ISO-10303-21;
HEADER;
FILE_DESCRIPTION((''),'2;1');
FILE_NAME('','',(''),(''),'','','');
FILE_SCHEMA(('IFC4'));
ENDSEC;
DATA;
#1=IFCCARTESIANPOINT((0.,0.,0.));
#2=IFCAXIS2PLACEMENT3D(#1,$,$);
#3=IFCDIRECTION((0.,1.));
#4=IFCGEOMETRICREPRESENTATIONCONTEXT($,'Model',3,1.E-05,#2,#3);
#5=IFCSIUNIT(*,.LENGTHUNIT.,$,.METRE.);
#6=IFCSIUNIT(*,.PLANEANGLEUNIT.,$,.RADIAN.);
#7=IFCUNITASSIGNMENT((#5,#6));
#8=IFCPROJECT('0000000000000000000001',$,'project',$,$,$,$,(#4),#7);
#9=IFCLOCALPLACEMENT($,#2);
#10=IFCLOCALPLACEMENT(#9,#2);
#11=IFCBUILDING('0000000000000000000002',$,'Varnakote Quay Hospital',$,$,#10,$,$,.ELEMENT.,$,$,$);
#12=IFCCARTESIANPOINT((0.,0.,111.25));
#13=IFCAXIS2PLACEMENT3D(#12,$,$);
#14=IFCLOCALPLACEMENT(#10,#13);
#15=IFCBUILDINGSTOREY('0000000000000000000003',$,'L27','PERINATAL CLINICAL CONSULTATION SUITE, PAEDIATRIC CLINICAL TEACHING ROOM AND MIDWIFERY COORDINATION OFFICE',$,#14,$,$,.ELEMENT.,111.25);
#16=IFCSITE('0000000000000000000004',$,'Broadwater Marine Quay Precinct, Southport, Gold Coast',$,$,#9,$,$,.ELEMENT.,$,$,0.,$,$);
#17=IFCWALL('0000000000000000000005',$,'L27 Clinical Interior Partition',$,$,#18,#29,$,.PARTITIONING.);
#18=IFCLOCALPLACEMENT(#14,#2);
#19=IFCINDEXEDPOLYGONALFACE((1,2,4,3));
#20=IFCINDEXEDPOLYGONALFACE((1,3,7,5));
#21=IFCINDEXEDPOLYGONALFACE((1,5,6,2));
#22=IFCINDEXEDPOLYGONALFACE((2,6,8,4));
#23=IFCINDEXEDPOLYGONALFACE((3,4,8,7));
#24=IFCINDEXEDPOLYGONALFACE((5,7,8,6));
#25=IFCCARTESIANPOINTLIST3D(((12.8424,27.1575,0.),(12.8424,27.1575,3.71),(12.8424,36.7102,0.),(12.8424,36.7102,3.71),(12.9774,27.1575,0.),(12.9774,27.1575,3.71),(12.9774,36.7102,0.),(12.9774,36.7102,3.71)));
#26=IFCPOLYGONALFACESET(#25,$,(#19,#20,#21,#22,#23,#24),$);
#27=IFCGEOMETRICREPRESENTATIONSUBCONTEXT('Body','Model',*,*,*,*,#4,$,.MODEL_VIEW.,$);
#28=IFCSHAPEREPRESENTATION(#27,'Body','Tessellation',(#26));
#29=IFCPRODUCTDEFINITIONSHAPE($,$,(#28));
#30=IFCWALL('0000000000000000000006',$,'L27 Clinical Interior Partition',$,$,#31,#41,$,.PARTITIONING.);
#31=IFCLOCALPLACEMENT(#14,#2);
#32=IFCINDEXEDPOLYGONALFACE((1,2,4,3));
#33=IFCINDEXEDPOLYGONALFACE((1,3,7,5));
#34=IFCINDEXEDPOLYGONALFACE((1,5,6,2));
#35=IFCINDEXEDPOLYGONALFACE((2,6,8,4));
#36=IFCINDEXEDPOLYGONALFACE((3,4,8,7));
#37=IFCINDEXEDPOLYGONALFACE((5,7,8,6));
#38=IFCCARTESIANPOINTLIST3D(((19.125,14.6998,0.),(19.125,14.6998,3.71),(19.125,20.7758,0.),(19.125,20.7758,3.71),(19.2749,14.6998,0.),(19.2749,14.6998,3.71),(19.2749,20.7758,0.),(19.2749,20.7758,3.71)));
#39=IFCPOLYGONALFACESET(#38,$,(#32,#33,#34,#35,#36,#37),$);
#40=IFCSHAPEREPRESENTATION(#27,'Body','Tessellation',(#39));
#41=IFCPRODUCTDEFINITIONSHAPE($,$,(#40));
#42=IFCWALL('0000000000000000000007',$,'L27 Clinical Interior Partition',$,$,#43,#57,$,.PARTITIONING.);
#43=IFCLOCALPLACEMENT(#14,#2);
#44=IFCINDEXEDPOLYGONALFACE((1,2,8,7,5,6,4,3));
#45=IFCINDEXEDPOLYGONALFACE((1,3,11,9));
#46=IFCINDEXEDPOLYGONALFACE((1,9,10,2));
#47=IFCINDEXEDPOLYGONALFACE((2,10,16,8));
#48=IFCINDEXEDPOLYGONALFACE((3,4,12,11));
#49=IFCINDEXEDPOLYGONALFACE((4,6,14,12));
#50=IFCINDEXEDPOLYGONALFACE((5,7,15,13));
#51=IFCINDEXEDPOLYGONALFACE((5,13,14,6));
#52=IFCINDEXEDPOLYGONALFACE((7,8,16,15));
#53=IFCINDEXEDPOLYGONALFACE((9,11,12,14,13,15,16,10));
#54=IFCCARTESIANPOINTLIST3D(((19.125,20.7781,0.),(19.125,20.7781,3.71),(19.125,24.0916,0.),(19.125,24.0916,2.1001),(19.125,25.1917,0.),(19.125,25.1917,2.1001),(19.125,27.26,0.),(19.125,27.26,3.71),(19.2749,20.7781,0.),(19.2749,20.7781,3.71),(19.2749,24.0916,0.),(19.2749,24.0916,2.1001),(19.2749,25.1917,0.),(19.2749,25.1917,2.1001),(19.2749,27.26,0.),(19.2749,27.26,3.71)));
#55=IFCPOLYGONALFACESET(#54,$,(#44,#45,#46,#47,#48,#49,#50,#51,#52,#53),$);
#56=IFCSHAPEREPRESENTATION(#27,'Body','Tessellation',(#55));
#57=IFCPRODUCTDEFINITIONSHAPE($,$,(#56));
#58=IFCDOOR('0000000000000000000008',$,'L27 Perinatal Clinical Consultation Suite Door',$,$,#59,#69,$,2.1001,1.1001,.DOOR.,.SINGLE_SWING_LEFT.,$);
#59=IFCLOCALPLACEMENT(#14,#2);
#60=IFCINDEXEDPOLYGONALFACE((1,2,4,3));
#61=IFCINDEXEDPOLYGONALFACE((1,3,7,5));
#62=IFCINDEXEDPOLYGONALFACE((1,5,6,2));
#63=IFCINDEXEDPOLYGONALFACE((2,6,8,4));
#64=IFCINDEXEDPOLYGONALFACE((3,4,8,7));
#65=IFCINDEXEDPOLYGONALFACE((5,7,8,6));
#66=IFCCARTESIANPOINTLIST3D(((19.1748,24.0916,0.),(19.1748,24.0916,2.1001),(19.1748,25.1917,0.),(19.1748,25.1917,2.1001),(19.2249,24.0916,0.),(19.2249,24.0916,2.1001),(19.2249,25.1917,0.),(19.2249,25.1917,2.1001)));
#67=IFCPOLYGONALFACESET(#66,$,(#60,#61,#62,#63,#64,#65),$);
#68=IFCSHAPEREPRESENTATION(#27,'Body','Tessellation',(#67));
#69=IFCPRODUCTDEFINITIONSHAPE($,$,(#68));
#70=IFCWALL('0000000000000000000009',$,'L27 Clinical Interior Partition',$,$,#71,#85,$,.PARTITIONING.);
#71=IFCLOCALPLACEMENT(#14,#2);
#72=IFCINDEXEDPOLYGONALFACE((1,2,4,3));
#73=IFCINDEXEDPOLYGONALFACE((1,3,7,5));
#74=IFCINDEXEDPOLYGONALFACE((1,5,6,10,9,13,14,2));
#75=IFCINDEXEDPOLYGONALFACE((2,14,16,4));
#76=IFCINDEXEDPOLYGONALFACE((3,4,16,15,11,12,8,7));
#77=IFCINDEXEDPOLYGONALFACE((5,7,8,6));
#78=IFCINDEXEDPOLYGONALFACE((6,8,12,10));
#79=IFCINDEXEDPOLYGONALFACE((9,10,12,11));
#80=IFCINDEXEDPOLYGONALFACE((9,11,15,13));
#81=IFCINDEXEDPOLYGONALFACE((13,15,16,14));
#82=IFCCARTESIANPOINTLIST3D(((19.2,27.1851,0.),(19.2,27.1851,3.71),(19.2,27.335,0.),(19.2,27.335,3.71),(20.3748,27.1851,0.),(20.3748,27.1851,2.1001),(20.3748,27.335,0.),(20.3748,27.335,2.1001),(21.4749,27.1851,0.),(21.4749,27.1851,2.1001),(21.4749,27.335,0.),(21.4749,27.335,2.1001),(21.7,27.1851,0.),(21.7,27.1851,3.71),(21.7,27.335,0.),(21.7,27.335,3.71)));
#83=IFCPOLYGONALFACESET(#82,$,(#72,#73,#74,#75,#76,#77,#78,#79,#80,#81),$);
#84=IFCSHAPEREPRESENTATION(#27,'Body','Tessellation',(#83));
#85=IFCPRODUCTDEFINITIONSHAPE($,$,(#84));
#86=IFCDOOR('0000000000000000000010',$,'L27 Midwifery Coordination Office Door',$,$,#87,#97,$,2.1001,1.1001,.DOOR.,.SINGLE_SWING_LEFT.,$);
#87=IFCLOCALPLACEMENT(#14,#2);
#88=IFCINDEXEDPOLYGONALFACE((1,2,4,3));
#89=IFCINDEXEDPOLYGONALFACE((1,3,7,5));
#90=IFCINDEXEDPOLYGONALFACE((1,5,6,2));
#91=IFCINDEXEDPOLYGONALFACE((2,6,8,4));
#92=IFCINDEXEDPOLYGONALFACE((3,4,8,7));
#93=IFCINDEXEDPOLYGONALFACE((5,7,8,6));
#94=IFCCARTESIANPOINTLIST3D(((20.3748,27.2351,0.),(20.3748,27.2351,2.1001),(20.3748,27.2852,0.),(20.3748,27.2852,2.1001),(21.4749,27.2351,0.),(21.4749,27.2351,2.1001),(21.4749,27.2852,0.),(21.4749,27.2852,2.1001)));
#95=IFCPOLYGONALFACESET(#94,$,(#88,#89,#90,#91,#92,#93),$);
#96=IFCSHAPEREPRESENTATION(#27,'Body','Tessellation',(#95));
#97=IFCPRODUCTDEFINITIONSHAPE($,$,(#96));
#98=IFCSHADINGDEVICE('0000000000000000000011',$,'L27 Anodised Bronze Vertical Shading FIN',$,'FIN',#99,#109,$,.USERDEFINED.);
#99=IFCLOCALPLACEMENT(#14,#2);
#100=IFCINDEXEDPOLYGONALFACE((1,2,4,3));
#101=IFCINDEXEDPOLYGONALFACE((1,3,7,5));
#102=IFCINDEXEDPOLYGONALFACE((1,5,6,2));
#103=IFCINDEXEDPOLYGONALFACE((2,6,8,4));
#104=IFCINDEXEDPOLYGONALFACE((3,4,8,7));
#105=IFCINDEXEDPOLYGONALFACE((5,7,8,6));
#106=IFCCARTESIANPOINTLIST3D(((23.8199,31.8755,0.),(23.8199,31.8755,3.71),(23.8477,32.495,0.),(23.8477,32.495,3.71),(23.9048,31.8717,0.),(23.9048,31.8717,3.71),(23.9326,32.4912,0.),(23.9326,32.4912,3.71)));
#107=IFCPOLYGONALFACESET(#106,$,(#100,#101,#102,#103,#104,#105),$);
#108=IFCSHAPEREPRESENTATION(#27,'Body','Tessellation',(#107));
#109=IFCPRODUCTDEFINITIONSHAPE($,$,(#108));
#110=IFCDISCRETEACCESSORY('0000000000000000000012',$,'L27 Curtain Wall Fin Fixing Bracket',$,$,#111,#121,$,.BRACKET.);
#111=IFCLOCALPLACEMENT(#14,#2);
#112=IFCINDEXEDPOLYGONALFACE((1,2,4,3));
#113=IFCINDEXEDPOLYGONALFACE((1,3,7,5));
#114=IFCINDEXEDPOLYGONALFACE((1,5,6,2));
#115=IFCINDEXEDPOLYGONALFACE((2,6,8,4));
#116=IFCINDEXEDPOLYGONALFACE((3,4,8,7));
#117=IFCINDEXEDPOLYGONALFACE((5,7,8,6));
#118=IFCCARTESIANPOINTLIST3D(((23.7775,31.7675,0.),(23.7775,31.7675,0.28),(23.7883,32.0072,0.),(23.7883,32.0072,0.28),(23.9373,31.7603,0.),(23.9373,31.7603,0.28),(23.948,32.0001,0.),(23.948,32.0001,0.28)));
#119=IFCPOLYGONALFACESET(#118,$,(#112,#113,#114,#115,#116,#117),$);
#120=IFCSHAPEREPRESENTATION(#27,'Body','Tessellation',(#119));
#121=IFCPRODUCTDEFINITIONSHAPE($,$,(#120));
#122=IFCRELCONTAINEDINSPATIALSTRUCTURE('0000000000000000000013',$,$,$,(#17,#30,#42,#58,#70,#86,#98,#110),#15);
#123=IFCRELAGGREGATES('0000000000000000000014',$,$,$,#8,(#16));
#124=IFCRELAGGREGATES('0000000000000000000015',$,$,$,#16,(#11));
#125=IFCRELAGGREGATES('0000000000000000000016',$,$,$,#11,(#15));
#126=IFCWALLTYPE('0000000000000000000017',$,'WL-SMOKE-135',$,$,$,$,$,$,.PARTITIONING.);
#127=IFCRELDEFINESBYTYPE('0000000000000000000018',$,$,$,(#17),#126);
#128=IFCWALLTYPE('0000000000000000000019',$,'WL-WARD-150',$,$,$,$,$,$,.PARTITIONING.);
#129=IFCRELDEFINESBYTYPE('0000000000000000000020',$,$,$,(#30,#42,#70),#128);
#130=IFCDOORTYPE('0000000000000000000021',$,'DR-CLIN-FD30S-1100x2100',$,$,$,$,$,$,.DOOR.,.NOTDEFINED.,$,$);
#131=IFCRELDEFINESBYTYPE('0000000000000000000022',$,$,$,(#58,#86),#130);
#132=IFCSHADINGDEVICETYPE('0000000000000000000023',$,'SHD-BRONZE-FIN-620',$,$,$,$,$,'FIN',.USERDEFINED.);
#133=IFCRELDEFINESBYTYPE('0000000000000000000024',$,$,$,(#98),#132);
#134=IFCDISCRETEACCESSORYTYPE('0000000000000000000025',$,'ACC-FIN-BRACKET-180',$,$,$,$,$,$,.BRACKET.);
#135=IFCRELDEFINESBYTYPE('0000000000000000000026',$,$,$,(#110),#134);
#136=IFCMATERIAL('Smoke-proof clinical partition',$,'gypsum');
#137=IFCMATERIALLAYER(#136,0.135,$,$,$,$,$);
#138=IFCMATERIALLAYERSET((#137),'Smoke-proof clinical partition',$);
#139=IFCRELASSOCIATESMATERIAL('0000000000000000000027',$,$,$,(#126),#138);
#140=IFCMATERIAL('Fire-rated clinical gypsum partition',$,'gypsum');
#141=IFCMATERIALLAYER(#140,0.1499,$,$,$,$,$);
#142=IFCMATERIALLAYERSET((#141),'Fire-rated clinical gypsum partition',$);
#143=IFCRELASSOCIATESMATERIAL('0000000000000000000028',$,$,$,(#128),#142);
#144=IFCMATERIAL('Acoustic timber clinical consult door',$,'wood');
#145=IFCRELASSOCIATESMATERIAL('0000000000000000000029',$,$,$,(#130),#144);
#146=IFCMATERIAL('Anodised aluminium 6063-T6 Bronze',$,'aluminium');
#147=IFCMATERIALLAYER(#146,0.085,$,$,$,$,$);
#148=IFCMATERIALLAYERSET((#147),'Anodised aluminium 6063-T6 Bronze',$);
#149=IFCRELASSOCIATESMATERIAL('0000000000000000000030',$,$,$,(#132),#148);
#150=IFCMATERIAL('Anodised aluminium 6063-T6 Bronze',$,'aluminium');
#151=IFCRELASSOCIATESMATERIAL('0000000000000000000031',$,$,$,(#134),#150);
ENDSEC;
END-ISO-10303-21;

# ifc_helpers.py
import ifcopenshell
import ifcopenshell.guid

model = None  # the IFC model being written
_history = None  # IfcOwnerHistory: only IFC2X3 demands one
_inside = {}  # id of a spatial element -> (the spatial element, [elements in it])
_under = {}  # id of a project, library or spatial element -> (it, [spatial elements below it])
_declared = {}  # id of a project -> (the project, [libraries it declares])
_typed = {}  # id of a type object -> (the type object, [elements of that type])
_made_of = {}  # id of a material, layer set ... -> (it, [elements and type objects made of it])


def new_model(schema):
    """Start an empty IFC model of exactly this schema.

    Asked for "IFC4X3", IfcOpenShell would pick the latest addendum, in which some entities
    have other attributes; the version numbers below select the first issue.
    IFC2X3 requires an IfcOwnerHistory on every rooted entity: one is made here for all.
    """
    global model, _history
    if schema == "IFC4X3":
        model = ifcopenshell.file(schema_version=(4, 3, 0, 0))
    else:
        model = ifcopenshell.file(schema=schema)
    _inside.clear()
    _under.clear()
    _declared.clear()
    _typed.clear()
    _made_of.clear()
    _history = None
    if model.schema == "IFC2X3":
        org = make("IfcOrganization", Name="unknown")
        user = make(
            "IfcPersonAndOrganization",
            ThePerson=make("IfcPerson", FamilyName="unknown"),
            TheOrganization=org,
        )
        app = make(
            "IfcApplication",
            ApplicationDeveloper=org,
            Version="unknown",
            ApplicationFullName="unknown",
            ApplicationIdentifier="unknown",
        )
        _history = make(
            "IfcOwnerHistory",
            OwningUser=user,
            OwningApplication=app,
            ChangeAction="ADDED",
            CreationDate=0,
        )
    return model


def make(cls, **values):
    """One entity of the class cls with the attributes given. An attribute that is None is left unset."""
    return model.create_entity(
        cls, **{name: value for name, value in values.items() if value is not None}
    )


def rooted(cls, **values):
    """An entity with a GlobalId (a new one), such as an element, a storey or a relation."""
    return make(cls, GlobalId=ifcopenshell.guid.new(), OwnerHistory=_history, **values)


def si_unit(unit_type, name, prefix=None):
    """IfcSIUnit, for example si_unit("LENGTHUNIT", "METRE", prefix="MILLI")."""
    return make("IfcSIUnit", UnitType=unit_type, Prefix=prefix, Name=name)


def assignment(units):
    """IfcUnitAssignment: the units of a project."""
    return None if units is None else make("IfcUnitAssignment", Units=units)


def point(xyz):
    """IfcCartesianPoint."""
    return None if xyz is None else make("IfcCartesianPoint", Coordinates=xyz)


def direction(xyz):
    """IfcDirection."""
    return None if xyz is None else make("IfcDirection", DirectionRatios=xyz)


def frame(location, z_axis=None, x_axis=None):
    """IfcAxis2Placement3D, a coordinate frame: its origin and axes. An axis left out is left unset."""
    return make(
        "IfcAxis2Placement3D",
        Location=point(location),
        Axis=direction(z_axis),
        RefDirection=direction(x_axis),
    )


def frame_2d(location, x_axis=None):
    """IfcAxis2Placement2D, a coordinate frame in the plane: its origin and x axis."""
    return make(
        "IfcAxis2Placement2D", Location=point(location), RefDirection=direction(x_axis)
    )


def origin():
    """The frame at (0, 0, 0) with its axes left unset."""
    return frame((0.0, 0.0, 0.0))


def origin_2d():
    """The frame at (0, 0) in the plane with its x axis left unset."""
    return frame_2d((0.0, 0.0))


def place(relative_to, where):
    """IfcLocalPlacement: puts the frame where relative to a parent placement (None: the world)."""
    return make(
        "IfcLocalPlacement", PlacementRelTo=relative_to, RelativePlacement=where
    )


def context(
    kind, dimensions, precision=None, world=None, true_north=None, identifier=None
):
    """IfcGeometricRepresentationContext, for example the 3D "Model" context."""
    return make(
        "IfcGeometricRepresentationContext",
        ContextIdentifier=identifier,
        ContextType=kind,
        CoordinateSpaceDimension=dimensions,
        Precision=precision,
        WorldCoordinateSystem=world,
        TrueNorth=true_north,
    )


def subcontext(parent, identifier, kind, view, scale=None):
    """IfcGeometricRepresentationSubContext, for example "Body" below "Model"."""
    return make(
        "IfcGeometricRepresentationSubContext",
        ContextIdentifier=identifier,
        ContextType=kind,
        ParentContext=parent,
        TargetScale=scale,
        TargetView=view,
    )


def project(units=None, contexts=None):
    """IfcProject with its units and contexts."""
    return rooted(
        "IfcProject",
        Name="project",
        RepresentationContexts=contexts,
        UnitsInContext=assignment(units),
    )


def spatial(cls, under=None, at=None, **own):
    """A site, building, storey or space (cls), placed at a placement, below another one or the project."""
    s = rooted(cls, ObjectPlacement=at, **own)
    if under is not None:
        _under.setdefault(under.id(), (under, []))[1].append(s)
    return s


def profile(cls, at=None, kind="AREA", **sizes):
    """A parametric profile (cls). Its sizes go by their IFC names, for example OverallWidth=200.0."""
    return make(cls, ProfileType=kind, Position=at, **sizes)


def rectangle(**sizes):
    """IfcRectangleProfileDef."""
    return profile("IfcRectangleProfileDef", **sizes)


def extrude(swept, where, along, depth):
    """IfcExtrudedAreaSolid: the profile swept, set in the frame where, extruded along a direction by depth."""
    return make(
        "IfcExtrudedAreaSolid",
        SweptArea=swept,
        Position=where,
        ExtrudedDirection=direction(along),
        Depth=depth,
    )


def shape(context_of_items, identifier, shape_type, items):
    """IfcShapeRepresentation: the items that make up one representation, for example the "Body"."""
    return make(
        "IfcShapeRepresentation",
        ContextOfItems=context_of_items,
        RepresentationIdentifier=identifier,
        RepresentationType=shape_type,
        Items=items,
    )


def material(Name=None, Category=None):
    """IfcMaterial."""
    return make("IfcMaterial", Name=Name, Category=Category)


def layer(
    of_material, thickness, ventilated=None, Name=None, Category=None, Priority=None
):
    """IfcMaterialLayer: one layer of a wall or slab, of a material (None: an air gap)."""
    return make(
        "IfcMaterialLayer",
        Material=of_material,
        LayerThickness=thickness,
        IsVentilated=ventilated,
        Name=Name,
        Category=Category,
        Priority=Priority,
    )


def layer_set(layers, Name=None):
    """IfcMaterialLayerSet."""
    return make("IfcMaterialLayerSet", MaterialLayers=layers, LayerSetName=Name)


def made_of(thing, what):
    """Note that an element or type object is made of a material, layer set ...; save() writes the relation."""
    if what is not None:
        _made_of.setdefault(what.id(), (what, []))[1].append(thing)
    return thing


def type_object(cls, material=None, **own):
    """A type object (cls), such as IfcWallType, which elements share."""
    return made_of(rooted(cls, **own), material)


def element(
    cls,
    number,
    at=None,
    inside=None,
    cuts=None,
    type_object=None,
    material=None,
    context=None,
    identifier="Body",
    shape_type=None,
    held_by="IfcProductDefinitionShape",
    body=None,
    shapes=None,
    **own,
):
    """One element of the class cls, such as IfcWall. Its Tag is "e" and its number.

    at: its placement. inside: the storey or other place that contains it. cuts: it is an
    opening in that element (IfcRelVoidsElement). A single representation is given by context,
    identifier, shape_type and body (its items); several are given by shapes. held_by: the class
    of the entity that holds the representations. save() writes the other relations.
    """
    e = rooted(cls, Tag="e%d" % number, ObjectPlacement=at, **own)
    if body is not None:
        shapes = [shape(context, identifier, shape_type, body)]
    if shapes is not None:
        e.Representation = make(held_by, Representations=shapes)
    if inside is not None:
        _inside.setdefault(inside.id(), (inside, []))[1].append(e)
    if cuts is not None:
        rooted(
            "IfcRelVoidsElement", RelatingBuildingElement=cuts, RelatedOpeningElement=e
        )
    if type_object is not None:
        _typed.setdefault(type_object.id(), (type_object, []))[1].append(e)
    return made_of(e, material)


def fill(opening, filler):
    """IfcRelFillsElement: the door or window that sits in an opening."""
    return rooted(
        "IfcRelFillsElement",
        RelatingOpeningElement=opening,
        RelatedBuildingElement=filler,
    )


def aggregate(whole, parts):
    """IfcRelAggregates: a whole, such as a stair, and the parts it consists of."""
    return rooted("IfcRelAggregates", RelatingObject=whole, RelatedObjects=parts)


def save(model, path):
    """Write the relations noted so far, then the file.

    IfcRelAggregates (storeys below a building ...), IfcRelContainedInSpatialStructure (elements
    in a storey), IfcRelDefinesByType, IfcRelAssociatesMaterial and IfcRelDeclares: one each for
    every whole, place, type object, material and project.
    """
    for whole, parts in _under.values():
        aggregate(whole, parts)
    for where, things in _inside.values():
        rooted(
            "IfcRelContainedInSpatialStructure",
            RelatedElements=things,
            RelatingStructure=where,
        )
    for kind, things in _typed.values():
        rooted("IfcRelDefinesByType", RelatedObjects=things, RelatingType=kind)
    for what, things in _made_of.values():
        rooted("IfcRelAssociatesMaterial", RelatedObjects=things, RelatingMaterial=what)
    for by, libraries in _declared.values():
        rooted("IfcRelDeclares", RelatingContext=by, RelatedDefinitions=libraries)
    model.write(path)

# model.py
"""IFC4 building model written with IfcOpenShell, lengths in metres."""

from ifc_helpers import new_model, si_unit, direction, frame, frame_2d, origin, origin_2d, place, context, subcontext, project, spatial, rectangle, extrude, material, layer, layer_set, type_object, element, fill, save


model = new_model("IFC4")

# Units and contexts
model_context = context("Model", 3, precision=1e-05, world=origin(), true_north=direction((0.0, 1.0)))
body_context = subcontext(model_context, "Body", "Model", "MODEL_VIEW")
ifc_project = project(units=[si_unit("LENGTHUNIT", "METRE"), si_unit("PLANEANGLEUNIT", "RADIAN")], contexts=[model_context])

# Site, building, storey
site_placement = place(None, origin())
site = spatial("IfcSite", under=ifc_project, at=site_placement, Name="Broadwater Marine Quay Precinct, Southport, Gold Coast", CompositionType="ELEMENT", RefElevation=0.0)
building_placement = place(site_placement, origin())
building = spatial("IfcBuilding", under=site, at=building_placement, Name="Varnakote Quay Hospital", CompositionType="ELEMENT")
storey_placement = place(building_placement, frame((0.0, 0.0, 111.25)))
storey = spatial("IfcBuildingStorey", under=building, at=storey_placement, Name="L27", Description="PERINATAL CLINICAL CONSULTATION SUITE, PAEDIATRIC CLINICAL TEACHING ROOM AND MIDWIFERY COORDINATION OFFICE", CompositionType="ELEMENT", Elevation=111.25)

# Walls
ifc_material_1 = material(Name="Smoke-proof clinical partition", Category="gypsum")
ifc_layer_1 = layer(ifc_material_1, 0.135)
ifc_layer_set_1 = layer_set([ifc_layer_1], Name="Smoke-proof clinical partition")
wall_type_1 = type_object("IfcWallType", Name="WL-SMOKE-135", PredefinedType="PARTITIONING", material=ifc_layer_set_1)
wall_1_placement = place(storey_placement, frame((12.9099, 27.1575, 0.0), z_axis=(0.0, 0.0, 1.0), x_axis=(0.0, 1.0, 0.0)))
element("IfcWall", 1, at=wall_1_placement, inside=storey, type_object=wall_type_1, Name="L27 Clinical Interior Partition", PredefinedType="PARTITIONING", context=body_context, shape_type="SweptSolid", body=[
    extrude(rectangle(XDim=9.5527, YDim=0.135, at=frame_2d((4.7764, 0.0))), origin(), (0.0, 0.0, 1.0), 3.71),
])
ifc_material_2 = material(Name="Fire-rated clinical gypsum partition", Category="gypsum")
ifc_layer_2 = layer(ifc_material_2, 0.1499)
ifc_layer_set_2 = layer_set([ifc_layer_2], Name="Fire-rated clinical gypsum partition")
wall_type_2 = type_object("IfcWallType", Name="WL-WARD-150", PredefinedType="PARTITIONING", material=ifc_layer_set_2)
wall_2_placement = place(storey_placement, frame((19.2, 20.7759, 0.0), z_axis=(0.0, 0.0, 1.0), x_axis=(0.0, -1.0, 0.0)))
element("IfcWall", 2, at=wall_2_placement, inside=storey, type_object=wall_type_2, Name="L27 Clinical Interior Partition", PredefinedType="PARTITIONING", context=body_context, shape_type="SweptSolid", body=[
    extrude(rectangle(XDim=6.0759, YDim=0.1499, at=frame_2d((3.0381, 0.0))), origin(), (0.0, 0.0, 1.0), 3.71),
])

# Walls, openings, doors
wall_3_placement = place(storey_placement, frame((19.2, 27.26, 0.0), z_axis=(0.0, 0.0, 1.0), x_axis=(0.0, -1.0, 0.0)))
wall_3 = element("IfcWall", 3, at=wall_3_placement, inside=storey, type_object=wall_type_2, Name="L27 Clinical Interior Partition", PredefinedType="PARTITIONING", context=body_context, shape_type="SweptSolid", body=[
    extrude(rectangle(XDim=6.4819, YDim=0.1499, at=frame_2d((3.241, 0.0))), origin(), (0.0, 0.0, 1.0), 3.71),
])
opening_1_placement = place(wall_3_placement, frame((2.0684, 0.0, 0.0)))
opening_1 = element("IfcOpeningElement", 4, at=opening_1_placement, cuts=wall_3, PredefinedType="OPENING", context=body_context, shape_type="SweptSolid", body=[
    extrude(rectangle(XDim=1.1001, YDim=2.1001, at=frame_2d((0.55, 1.05))), frame((0.0, 0.085, 0.0), z_axis=(0.0, -1.0, 0.0), x_axis=(1.0, 0.0, 0.0)), (0.0, 0.0, 1.0), 0.1699),
])
ifc_material_3 = material(Name="Acoustic timber clinical consult door", Category="wood")
door_type = type_object("IfcDoorType", Name="DR-CLIN-FD30S-1100x2100", OperationType="NOTDEFINED", PredefinedType="DOOR", material=ifc_material_3)
door_1_placement = place(opening_1_placement, origin())
door_1 = element("IfcDoor", 5, at=door_1_placement, inside=storey, type_object=door_type, Name="L27 Perinatal Clinical Consultation Suite Door", OperationType="SINGLE_SWING_LEFT", OverallHeight=2.1001, OverallWidth=1.1001, PredefinedType="DOOR", context=body_context, shape_type="SweptSolid", body=[
    extrude(rectangle(XDim=1.1001, YDim=2.1001, at=frame_2d((0.55, 1.05))), frame((0.0, 0.0249, 0.0), z_axis=(0.0, -1.0, 0.0), x_axis=(1.0, 0.0, 0.0)), (0.0, 0.0, 1.0), 0.05),
])
fill(opening_1, door_1)
wall_4_placement = place(storey_placement, frame((21.7, 27.26, 0.0), z_axis=(0.0, 0.0, 1.0), x_axis=(-1.0, 0.0, 0.0)))
wall_4 = element("IfcWall", 6, at=wall_4_placement, inside=storey, type_object=wall_type_2, Name="L27 Clinical Interior Partition", PredefinedType="PARTITIONING", context=body_context, shape_type="SweptSolid", body=[
    extrude(rectangle(XDim=2.5, YDim=0.1499, at=frame_2d((1.25, 0.0))), origin(), (0.0, 0.0, 1.0), 3.71),
])
opening_2_placement = place(wall_4_placement, frame((0.2251, 0.0, 0.0)))
opening_2 = element("IfcOpeningElement", 7, at=opening_2_placement, cuts=wall_4, PredefinedType="OPENING", context=body_context, shape_type="SweptSolid", body=[
    extrude(rectangle(XDim=1.1001, YDim=2.1001, at=frame_2d((0.55, 1.05))), frame((0.0, 0.085, 0.0), z_axis=(0.0, -1.0, 0.0), x_axis=(1.0, 0.0, 0.0)), (0.0, 0.0, 1.0), 0.1699),
])
door_2_placement = place(opening_2_placement, origin())
door_2 = element("IfcDoor", 8, at=door_2_placement, inside=storey, type_object=door_type, Name="L27 Midwifery Coordination Office Door", OperationType="SINGLE_SWING_LEFT", OverallHeight=2.1001, OverallWidth=1.1001, PredefinedType="DOOR", context=body_context, shape_type="SweptSolid", body=[
    extrude(rectangle(XDim=1.1001, YDim=2.1001, at=frame_2d((0.55, 1.05))), frame((0.0, 0.0249, 0.0), z_axis=(0.0, -1.0, 0.0), x_axis=(1.0, 0.0, 0.0)), (0.0, 0.0, 1.0), 0.05),
])
fill(opening_2, door_2)

# Shading device
ifc_material_4 = material(Name="Anodised aluminium 6063-T6 Bronze", Category="aluminium")
ifc_layer_3 = layer(ifc_material_4, 0.085)
ifc_layer_set_3 = layer_set([ifc_layer_3], Name="Anodised aluminium 6063-T6 Bronze")
shading_device_type = type_object("IfcShadingDeviceType", Name="SHD-BRONZE-FIN-620", ElementType="FIN", PredefinedType="USERDEFINED", material=ifc_layer_set_3)
shading_device_placement = place(storey_placement, frame((23.8762, 32.1833, 0.0), z_axis=(0.0, 0.0, 1.0), x_axis=(-0.04484, -0.998994, 0.0)))
element("IfcShadingDevice", 9, at=shading_device_placement, inside=storey, type_object=shading_device_type, Name="L27 Anodised Bronze Vertical Shading FIN", ObjectType="FIN", PredefinedType="USERDEFINED", context=body_context, shape_type="SweptSolid", body=[
    extrude(rectangle(XDim=0.6201, YDim=0.085, at=origin_2d()), origin(), (0.0, 0.0, 1.0), 3.71),
])

# Discrete accessory
ifc_material_5 = material(Name="Anodised aluminium 6063-T6 Bronze", Category="aluminium")
discrete_accessory_type = type_object("IfcDiscreteAccessoryType", Name="ACC-FIN-BRACKET-180", PredefinedType="BRACKET", material=ifc_material_5)
discrete_accessory_placement = place(storey_placement, frame((23.8628, 31.8838, 0.0), z_axis=(0.0, 0.0, 1.0), x_axis=(-0.998994, 0.04484, 0.0)))
element("IfcDiscreteAccessory", 10, at=discrete_accessory_placement, inside=storey, type_object=discrete_accessory_type, Name="L27 Curtain Wall Fin Fixing Bracket", PredefinedType="BRACKET", context=body_context, shape_type="SweptSolid", body=[
    extrude(rectangle(XDim=0.1599, YDim=0.24, at=origin_2d()), origin(), (0.0, 0.0, 1.0), 0.28),
])

save(model, "model.ifc")
